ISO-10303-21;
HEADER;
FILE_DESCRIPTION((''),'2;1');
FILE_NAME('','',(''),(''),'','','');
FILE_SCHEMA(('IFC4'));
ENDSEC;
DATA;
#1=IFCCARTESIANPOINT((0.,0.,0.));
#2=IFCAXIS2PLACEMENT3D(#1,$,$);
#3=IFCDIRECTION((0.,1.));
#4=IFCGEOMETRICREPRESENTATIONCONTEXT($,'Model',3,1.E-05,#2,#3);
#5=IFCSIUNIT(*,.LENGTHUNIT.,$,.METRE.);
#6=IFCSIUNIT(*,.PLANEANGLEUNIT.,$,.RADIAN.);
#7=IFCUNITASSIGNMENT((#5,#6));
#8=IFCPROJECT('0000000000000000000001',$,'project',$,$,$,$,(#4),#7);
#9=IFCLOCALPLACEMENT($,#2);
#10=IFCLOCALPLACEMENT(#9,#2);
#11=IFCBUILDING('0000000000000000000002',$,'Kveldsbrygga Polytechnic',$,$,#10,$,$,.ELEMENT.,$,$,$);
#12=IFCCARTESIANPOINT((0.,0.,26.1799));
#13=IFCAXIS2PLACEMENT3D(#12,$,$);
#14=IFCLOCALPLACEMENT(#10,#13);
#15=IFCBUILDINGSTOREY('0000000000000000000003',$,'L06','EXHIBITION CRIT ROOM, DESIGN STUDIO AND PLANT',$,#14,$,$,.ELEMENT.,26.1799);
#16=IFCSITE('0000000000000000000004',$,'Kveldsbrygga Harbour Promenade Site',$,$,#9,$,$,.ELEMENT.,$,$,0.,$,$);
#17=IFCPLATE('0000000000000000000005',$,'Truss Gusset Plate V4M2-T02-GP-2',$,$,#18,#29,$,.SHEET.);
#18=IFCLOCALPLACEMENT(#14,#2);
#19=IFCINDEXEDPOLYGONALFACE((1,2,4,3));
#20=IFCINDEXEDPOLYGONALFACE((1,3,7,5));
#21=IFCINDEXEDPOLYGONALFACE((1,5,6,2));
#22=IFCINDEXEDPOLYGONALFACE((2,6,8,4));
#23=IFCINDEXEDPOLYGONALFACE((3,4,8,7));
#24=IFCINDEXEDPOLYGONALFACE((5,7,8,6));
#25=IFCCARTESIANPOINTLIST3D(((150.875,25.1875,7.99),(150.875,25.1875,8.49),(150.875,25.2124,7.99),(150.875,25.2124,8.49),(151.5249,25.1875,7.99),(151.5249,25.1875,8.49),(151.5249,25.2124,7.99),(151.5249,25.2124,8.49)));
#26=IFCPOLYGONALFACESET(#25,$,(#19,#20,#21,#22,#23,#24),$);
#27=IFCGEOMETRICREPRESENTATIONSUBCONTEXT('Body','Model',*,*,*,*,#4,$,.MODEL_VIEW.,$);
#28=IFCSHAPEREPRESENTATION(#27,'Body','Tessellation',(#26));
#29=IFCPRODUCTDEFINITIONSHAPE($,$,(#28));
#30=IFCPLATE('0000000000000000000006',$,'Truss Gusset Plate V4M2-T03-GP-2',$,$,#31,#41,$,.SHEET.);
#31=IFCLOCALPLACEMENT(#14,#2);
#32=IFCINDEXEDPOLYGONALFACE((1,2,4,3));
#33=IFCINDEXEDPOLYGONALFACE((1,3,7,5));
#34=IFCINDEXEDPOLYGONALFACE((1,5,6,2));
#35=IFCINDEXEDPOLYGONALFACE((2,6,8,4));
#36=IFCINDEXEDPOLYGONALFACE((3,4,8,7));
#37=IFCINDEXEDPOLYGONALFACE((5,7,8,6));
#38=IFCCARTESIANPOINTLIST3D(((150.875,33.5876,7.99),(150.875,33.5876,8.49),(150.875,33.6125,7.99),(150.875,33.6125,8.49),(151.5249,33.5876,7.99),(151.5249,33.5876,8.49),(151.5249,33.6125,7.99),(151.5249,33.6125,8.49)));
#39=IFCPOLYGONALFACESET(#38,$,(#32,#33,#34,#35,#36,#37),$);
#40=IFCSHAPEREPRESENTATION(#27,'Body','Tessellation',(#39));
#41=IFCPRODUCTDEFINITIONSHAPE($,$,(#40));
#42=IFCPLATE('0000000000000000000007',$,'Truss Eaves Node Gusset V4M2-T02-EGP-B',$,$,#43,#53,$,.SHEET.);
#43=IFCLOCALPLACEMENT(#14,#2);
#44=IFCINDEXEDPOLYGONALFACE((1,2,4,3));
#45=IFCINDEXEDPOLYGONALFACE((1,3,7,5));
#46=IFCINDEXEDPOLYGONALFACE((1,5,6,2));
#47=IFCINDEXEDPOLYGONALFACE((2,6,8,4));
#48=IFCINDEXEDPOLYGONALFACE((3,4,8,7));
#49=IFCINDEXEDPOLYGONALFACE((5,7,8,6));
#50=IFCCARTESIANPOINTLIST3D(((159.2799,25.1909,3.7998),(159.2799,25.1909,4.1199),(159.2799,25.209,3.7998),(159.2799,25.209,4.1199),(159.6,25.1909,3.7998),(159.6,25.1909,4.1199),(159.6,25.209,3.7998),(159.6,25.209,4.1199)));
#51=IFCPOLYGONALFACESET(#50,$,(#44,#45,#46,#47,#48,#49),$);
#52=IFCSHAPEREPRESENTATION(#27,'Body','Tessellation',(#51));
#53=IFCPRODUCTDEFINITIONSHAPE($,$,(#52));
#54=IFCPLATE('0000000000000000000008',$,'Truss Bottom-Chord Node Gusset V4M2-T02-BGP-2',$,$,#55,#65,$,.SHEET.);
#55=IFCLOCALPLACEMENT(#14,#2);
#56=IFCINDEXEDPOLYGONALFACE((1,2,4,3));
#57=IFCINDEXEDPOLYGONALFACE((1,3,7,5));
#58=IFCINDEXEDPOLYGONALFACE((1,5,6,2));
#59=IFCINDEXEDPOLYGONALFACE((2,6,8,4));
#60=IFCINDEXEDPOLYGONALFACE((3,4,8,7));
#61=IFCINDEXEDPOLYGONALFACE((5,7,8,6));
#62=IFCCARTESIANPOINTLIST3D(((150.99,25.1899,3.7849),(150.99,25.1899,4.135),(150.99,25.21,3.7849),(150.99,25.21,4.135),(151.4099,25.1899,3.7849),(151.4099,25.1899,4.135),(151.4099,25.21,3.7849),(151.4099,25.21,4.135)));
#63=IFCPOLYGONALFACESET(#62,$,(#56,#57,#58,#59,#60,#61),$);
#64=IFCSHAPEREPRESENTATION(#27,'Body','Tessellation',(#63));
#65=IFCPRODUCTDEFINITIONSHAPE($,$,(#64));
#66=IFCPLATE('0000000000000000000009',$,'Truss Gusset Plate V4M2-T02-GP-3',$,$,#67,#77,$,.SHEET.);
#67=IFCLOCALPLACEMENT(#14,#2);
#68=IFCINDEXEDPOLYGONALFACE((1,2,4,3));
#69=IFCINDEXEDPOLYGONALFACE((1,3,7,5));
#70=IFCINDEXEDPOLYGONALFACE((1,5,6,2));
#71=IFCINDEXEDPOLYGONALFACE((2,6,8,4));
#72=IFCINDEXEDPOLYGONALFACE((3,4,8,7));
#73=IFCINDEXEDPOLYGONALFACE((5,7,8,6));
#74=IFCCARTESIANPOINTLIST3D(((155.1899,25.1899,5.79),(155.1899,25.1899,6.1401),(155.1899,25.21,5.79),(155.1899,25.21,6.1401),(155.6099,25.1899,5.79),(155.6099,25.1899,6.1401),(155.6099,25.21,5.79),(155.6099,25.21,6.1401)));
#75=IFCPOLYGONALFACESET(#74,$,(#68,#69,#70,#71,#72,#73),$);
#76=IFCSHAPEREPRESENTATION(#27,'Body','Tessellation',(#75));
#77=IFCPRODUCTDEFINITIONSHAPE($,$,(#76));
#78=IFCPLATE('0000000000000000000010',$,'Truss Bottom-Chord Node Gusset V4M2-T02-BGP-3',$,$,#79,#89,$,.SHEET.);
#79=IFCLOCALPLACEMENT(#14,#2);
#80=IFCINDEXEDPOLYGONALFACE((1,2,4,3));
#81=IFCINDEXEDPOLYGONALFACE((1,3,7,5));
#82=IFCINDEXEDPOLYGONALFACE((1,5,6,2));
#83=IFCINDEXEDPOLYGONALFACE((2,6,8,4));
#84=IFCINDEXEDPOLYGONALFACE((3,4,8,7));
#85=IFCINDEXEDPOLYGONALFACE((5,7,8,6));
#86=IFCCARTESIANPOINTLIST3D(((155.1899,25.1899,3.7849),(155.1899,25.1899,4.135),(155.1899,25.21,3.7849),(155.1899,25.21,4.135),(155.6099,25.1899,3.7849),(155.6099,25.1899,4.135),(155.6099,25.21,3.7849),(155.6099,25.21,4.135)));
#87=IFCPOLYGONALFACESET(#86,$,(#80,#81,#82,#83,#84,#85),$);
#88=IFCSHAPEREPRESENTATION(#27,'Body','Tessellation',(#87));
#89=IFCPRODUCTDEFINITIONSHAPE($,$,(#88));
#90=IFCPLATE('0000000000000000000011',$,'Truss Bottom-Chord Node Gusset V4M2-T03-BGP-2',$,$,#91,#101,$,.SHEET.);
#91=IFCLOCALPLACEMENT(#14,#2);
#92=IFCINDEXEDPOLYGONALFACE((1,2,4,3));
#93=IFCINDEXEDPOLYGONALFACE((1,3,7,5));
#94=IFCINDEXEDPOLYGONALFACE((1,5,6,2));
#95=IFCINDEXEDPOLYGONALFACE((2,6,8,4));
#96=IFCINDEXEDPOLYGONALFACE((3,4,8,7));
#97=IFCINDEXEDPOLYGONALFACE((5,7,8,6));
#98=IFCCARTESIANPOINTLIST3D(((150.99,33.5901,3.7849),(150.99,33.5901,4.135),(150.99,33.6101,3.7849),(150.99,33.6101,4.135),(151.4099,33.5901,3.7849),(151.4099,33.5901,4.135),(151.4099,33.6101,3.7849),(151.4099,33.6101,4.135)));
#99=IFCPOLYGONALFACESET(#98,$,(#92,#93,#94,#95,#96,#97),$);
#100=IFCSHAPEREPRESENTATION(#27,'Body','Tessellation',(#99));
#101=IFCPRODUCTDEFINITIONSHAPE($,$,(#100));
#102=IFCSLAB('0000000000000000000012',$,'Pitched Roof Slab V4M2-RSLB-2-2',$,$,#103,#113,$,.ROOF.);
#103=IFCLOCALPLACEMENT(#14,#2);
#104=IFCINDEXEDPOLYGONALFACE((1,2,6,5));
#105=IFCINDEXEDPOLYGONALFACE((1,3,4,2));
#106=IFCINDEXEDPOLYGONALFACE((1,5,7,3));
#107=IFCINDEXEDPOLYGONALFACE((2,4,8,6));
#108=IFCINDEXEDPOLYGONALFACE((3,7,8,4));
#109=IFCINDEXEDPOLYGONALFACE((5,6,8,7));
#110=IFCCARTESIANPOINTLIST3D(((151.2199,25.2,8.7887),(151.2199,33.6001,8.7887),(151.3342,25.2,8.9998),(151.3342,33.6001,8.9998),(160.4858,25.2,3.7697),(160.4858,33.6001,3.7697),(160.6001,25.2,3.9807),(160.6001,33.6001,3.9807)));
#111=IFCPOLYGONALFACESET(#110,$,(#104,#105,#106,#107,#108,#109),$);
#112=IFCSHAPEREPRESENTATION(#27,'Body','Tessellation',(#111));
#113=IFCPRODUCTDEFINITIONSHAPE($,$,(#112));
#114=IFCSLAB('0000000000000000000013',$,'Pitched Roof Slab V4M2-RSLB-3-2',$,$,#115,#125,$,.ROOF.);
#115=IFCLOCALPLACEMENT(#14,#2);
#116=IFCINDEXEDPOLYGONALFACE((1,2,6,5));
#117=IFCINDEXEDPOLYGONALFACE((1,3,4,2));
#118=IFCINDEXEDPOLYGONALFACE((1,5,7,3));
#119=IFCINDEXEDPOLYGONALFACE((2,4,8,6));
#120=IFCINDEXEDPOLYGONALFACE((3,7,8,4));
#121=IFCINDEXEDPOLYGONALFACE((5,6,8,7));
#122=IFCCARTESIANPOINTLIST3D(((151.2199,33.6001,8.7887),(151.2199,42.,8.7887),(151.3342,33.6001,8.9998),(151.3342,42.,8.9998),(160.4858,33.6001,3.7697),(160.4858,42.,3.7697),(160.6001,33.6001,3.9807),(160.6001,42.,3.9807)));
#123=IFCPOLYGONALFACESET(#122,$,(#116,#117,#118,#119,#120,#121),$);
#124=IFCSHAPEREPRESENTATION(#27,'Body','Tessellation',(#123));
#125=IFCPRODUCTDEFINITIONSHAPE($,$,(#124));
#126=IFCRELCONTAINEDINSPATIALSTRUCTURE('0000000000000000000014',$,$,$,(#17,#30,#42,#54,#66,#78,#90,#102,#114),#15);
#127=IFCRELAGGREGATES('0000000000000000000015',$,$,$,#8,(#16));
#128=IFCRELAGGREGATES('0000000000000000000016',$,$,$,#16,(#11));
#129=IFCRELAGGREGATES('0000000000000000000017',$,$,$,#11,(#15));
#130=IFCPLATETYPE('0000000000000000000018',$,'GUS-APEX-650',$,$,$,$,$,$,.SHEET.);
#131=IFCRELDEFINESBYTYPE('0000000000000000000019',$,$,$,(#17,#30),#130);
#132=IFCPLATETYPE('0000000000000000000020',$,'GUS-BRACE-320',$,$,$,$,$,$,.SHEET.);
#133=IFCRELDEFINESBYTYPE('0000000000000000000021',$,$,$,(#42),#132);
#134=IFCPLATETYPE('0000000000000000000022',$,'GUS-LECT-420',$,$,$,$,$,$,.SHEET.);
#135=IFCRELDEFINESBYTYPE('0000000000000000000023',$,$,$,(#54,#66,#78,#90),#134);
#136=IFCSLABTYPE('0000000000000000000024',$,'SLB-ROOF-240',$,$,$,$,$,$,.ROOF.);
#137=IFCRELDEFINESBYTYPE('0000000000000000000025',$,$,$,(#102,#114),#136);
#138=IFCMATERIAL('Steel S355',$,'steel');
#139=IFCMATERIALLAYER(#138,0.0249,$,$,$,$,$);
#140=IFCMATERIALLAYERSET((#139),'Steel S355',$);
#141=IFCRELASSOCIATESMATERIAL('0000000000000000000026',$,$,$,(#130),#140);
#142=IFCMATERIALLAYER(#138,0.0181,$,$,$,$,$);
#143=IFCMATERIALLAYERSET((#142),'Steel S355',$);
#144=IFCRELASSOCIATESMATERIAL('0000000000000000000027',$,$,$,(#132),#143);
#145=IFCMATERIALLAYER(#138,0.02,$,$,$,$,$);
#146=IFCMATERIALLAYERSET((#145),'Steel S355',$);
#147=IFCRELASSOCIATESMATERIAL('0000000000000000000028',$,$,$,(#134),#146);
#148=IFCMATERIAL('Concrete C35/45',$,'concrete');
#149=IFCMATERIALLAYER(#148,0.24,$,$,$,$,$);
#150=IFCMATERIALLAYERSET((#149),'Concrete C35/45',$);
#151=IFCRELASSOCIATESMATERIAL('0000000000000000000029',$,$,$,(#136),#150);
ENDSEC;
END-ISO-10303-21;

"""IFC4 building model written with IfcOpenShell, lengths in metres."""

from ifc_helpers import new_model, si_unit, direction, frame, origin, origin_2d, place, context, subcontext, project, spatial, polyline, rectangle, outline, extrude, material, layer, layer_set, type_object, element, save


model = new_model("IFC4")

# Units and contexts
model_context = context("Model", 3, precision=1e-05, world=origin(), true_north=direction((0.0, 1.0)))
body_context = subcontext(model_context, "Body", "Model", "MODEL_VIEW")
ifc_project = project(units=[si_unit("LENGTHUNIT", "METRE"), si_unit("PLANEANGLEUNIT", "RADIAN")], contexts=[model_context])

# Site, building, storey
site_placement = place(None, origin())
site = spatial("IfcSite", under=ifc_project, at=site_placement, Name="Kveldsbrygga Harbour Promenade Site", CompositionType="ELEMENT", RefElevation=0.0)
building_placement = place(site_placement, origin())
building = spatial("IfcBuilding", under=site, at=building_placement, Name="Kveldsbrygga Polytechnic", CompositionType="ELEMENT")
storey_placement = place(building_placement, frame((0.0, 0.0, 26.1799)))
storey = spatial("IfcBuildingStorey", under=building, at=storey_placement, Name="L06", Description="EXHIBITION CRIT ROOM, DESIGN STUDIO AND PLANT", CompositionType="ELEMENT", Elevation=26.1799)

# Shared definitions
ifc_material_1 = material(Name="Steel S355", Category="steel")

# Plates
ifc_layer_1 = layer(ifc_material_1, 0.0249)
ifc_layer_set_1 = layer_set([ifc_layer_1], Name="Steel S355")
plate_type_1 = type_object("IfcPlateType", Name="GUS-APEX-650", PredefinedType="SHEET", material=ifc_layer_set_1)
for number, where, z_axis, x_axis, name in (
    (1, (151.2, 25.2, 7.99), (0.0, 0.0, 1.0), (1.0, 0.0, 0.0), "Truss Gusset Plate V4M2-T02-GP-2"),
    (2, (151.2, 33.6001, 7.99), (0.0, 0.0, 1.0), (1.0, 0.0, 0.0), "Truss Gusset Plate V4M2-T03-GP-2"),
):
    element("IfcPlate", number, at=place(storey_placement, frame(where, z_axis=z_axis, x_axis=x_axis)), inside=storey, type_object=plate_type_1, Name=name, PredefinedType="SHEET", context=body_context, shape_type="SweptSolid", body=[
        extrude(rectangle(XDim=0.6499, YDim=0.0249, at=origin_2d()), origin(), (0.0, 0.0, 1.0), 0.5),
    ])
ifc_layer_2 = layer(ifc_material_1, 0.0181)
ifc_layer_set_2 = layer_set([ifc_layer_2], Name="Steel S355")
plate_type_2 = type_object("IfcPlateType", Name="GUS-BRACE-320", PredefinedType="SHEET", material=ifc_layer_set_2)
plate_1_placement = place(storey_placement, frame((159.4399, 25.2, 3.7998), z_axis=(0.0, 0.0, 1.0), x_axis=(1.0, 0.0, 0.0)))
element("IfcPlate", 3, at=plate_1_placement, inside=storey, type_object=plate_type_2, Name="Truss Eaves Node Gusset V4M2-T02-EGP-B", PredefinedType="SHEET", context=body_context, shape_type="SweptSolid", body=[
    extrude(rectangle(XDim=0.3201, YDim=0.0181, at=origin_2d()), origin(), (0.0, 0.0, 1.0), 0.3201),
])
ifc_layer_3 = layer(ifc_material_1, 0.02)
ifc_layer_set_3 = layer_set([ifc_layer_3], Name="Steel S355")
plate_type_3 = type_object("IfcPlateType", Name="GUS-LECT-420", PredefinedType="SHEET", material=ifc_layer_set_3)
for number, where, z_axis, x_axis, name in (
    (4, (151.2, 25.2, 3.7849), (0.0, 0.0, 1.0), (1.0, 0.0, 0.0), "Truss Bottom-Chord Node Gusset V4M2-T02-BGP-2"),
    (5, (155.3999, 25.2, 5.79), (0.0, 0.0, 1.0), (1.0, 0.0, 0.0), "Truss Gusset Plate V4M2-T02-GP-3"),
    (6, (155.3999, 25.2, 3.7849), (0.0, 0.0, 1.0), (1.0, 0.0, 0.0), "Truss Bottom-Chord Node Gusset V4M2-T02-BGP-3"),
    (7, (151.2, 33.6001, 3.7849), (0.0, 0.0, 1.0), (1.0, 0.0, 0.0), "Truss Bottom-Chord Node Gusset V4M2-T03-BGP-2"),
):
    element("IfcPlate", number, at=place(storey_placement, frame(where, z_axis=z_axis, x_axis=x_axis)), inside=storey, type_object=plate_type_3, Name=name, PredefinedType="SHEET", context=body_context, shape_type="SweptSolid", body=[
        extrude(rectangle(XDim=0.4199, YDim=0.02, at=origin_2d()), origin(), (0.0, 0.0, 1.0), 0.3501),
    ])

# Slabs
ifc_material_2 = material(Name="Concrete C35/45", Category="concrete")
ifc_layer_4 = layer(ifc_material_2, 0.24)
ifc_layer_set_4 = layer_set([ifc_layer_4], Name="Concrete C35/45")
slab_type = type_object("IfcSlabType", Name="SLB-ROOF-240", PredefinedType="ROOF", material=ifc_layer_set_4)
slab_1_placement = place(storey_placement, frame((151.3342, 25.2, 8.9998), z_axis=(0.476285, 0.0, 0.879291), x_axis=(0.879291, 0.0, -0.476285)))
element("IfcSlab", 8, at=slab_1_placement, inside=storey, type_object=slab_type, Name="Pitched Roof Slab V4M2-RSLB-2-2", PredefinedType="ROOF", context=body_context, shape_type="SweptSolid", body=[
    extrude(outline(polyline([(0.0, 0.0), (10.5379, 0.0), (10.5379, 8.4001), (0.0, 8.4001), (0.0, 0.0)])), origin(), (0.0, 0.0, -1.0), 0.24),
])
slab_2_placement = place(storey_placement, frame((151.3342, 33.6001, 8.9998), z_axis=(0.476285, 0.0, 0.879291), x_axis=(0.879291, 0.0, -0.476285)))
element("IfcSlab", 9, at=slab_2_placement, inside=storey, type_object=slab_type, Name="Pitched Roof Slab V4M2-RSLB-3-2", PredefinedType="ROOF", context=body_context, shape_type="SweptSolid", body=[
    extrude(outline(polyline([(0.0, 0.0), (10.5379, 0.0), (10.5379, 8.3999), (0.0, 8.3999), (0.0, 0.0)])), origin(), (0.0, 0.0, -1.0), 0.24),
])

save(model, "model.ifc")
